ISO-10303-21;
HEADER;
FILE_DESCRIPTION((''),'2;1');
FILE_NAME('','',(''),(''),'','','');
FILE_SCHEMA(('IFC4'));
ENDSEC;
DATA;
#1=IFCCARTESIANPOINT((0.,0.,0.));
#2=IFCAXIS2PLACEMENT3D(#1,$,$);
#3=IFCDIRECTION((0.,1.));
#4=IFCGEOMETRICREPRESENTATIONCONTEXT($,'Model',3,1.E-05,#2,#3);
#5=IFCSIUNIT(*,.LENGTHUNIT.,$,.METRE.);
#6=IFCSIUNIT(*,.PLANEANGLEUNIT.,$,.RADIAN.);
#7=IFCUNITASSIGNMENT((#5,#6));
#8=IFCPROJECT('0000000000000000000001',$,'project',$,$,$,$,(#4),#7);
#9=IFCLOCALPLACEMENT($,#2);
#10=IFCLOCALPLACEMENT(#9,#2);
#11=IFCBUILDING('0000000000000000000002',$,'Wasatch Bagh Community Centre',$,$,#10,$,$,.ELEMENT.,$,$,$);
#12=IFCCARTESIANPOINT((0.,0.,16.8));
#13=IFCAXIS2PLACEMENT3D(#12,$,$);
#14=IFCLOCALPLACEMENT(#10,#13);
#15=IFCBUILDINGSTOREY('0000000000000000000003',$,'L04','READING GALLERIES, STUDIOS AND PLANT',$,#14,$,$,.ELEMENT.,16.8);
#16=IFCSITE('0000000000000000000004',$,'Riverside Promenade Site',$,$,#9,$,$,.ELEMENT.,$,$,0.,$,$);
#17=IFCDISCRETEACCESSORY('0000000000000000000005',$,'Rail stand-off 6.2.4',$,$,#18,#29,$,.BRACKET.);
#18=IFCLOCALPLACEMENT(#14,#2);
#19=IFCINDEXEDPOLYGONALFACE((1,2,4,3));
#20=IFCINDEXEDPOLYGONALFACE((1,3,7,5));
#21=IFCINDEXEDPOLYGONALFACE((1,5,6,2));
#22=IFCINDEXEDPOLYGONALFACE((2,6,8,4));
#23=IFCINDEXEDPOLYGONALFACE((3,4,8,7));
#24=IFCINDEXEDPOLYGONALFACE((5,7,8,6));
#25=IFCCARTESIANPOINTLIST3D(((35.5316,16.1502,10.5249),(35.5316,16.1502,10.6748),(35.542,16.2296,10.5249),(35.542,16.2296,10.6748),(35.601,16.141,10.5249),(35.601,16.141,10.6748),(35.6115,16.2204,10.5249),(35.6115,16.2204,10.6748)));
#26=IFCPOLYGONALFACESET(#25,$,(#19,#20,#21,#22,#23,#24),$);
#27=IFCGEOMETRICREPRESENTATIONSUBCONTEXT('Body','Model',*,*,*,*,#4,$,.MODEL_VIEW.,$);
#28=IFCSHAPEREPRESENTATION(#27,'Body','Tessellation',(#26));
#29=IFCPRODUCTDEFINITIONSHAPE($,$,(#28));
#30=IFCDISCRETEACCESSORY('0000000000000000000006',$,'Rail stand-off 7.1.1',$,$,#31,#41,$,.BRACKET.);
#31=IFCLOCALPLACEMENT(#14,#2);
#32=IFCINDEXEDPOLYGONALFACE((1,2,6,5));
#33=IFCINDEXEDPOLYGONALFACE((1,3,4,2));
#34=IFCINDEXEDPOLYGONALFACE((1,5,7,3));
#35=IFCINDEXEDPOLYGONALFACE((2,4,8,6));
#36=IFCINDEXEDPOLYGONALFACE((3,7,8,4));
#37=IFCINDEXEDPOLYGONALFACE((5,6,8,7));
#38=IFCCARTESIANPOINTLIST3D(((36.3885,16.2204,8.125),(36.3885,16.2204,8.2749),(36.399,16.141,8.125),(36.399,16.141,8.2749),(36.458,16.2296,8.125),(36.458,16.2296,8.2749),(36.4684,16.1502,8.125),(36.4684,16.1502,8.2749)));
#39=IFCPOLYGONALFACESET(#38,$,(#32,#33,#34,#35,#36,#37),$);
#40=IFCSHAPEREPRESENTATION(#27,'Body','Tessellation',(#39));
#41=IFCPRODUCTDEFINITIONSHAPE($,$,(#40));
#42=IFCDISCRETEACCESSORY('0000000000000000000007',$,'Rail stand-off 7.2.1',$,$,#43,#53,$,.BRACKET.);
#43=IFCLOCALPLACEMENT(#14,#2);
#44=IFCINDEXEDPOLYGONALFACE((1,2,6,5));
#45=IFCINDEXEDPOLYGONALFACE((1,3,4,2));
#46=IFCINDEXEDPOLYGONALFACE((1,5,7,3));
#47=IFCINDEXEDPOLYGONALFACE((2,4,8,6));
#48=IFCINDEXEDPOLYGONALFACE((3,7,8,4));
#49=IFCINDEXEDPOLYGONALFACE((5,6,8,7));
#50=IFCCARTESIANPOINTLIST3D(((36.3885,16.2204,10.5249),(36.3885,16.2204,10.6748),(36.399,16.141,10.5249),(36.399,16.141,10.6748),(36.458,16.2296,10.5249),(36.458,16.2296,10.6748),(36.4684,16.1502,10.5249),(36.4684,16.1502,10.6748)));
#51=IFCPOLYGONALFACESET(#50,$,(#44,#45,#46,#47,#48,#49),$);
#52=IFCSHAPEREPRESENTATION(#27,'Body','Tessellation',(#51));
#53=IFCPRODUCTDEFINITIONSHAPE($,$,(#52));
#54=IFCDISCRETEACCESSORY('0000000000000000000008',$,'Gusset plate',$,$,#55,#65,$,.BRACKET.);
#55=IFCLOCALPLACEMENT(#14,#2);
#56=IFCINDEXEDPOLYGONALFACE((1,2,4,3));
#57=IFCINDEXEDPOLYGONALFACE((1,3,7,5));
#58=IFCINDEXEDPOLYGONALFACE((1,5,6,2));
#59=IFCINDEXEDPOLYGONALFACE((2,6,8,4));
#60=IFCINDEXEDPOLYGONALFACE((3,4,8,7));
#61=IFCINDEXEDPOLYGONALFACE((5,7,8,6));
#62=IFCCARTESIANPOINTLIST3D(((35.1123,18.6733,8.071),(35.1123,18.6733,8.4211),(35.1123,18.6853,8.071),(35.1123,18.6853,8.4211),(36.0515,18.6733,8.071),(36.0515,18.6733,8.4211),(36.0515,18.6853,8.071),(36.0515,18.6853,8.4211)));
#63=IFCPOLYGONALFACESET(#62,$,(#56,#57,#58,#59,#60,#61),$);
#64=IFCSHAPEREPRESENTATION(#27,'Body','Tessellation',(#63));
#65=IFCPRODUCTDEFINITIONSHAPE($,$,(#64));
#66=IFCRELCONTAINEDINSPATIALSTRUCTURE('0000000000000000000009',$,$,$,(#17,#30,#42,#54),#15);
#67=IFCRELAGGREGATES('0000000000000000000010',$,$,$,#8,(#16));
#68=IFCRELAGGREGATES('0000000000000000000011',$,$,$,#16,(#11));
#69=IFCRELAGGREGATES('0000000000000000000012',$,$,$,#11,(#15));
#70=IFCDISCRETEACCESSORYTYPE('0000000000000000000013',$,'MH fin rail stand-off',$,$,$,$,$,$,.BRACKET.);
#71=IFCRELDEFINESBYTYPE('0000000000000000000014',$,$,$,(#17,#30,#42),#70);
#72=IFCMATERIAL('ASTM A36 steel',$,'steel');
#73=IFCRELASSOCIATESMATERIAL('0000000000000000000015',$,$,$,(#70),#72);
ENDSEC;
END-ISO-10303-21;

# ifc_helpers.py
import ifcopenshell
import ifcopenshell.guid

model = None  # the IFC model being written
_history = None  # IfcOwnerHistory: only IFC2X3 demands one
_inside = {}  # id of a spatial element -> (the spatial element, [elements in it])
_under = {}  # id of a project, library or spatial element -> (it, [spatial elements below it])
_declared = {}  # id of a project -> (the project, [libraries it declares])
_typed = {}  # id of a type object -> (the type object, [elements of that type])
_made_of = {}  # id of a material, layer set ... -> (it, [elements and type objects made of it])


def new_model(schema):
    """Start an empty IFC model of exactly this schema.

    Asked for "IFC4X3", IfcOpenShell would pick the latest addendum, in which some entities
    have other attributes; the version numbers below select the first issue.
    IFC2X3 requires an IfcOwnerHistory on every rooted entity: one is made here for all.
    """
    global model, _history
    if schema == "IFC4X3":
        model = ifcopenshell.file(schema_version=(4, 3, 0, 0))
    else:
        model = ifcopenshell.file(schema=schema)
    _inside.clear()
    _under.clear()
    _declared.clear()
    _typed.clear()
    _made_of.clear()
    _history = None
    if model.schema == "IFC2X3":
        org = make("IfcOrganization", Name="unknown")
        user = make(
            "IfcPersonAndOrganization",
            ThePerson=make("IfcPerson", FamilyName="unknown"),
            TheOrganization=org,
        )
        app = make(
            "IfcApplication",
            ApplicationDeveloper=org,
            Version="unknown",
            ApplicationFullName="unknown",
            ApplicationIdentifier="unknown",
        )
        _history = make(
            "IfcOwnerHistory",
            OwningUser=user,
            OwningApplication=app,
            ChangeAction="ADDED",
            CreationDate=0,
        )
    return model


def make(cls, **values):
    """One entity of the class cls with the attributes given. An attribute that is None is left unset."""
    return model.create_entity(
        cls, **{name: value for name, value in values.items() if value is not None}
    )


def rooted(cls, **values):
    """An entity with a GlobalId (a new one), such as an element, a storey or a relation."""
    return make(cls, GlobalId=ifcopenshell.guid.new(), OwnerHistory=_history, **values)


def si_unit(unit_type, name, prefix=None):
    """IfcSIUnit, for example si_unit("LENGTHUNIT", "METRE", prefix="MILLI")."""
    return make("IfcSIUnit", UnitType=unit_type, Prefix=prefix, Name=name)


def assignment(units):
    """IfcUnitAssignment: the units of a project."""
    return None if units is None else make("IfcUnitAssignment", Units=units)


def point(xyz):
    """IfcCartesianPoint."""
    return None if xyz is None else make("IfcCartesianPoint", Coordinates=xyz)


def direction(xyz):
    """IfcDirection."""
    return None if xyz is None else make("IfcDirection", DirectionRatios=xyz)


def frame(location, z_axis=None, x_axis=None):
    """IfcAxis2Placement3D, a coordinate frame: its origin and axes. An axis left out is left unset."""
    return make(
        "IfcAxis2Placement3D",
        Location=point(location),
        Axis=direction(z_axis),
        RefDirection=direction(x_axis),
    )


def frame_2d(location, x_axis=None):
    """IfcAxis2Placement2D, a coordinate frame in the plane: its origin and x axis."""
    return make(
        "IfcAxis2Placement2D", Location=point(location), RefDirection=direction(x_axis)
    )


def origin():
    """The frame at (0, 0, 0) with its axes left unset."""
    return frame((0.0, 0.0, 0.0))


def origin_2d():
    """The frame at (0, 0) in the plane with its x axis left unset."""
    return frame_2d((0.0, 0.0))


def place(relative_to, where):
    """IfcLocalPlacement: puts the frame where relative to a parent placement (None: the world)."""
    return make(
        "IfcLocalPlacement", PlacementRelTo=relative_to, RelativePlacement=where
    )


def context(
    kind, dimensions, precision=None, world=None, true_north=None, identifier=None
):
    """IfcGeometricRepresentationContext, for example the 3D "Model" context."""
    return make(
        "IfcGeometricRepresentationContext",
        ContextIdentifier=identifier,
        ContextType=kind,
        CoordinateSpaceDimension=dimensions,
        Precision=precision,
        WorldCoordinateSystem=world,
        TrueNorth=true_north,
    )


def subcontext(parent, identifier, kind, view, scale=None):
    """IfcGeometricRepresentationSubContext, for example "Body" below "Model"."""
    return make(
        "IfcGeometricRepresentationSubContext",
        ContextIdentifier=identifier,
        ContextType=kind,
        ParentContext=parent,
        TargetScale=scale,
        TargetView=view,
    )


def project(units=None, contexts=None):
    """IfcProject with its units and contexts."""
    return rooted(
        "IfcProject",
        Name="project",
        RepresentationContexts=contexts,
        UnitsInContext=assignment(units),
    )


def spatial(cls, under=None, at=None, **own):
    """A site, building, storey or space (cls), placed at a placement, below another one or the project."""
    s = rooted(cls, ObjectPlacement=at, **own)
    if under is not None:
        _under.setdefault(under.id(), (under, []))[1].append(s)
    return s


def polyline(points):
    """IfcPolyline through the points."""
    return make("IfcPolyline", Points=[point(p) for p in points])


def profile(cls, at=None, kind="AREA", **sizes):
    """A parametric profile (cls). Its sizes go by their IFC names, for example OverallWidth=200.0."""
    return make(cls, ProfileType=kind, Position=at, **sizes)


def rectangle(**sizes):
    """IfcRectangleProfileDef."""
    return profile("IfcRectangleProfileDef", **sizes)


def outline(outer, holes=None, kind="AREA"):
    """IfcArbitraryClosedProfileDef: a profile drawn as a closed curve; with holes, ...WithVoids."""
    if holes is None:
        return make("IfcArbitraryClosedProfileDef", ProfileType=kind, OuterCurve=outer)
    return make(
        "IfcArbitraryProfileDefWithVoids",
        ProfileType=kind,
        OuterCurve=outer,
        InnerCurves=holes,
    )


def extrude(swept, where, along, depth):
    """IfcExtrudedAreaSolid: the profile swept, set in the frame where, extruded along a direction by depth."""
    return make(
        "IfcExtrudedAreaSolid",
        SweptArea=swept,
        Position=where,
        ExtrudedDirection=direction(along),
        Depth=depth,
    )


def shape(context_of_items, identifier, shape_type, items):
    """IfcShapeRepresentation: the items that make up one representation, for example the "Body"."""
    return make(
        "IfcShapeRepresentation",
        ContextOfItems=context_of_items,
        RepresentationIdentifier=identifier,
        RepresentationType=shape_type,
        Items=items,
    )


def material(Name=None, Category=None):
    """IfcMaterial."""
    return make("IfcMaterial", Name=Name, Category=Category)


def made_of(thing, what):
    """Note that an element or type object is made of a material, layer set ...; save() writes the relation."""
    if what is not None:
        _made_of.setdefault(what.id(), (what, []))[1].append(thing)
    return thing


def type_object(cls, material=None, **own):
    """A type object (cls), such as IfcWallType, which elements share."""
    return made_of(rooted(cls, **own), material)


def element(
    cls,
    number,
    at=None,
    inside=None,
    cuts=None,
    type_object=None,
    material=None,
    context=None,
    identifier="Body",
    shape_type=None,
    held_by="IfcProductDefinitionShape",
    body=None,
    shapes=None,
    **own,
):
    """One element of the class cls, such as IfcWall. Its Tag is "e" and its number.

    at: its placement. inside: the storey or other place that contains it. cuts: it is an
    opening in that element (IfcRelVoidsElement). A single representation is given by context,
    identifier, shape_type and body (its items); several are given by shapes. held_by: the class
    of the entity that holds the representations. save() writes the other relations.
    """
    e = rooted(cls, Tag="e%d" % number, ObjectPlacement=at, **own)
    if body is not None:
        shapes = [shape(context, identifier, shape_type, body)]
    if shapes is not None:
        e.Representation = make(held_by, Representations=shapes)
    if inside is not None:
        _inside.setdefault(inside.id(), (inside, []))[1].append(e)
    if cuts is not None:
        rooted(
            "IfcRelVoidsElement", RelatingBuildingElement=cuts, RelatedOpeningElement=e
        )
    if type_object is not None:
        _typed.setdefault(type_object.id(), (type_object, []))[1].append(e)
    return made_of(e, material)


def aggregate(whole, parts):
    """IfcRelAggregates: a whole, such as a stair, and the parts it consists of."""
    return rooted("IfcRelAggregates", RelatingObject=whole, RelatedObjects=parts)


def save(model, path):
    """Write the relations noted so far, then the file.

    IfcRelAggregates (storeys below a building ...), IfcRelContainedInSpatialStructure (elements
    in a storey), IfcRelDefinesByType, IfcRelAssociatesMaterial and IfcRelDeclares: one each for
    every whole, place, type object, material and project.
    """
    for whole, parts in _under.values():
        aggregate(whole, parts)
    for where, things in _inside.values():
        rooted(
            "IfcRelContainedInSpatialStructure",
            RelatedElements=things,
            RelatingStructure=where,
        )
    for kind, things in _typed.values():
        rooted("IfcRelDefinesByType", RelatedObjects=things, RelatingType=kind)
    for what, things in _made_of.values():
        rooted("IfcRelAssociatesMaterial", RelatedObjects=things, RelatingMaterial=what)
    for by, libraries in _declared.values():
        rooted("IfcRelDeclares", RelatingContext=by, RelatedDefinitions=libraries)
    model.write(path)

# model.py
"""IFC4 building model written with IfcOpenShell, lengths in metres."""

from ifc_helpers import new_model, si_unit, direction, frame, origin, origin_2d, place, context, subcontext, project, spatial, polyline, rectangle, outline, extrude, material, type_object, element, save


model = new_model("IFC4")

# Units and contexts
model_context = context("Model", 3, precision=1e-05, world=origin(), true_north=direction((0.0, 1.0)))
body_context = subcontext(model_context, "Body", "Model", "MODEL_VIEW")
ifc_project = project(units=[si_unit("LENGTHUNIT", "METRE"), si_unit("PLANEANGLEUNIT", "RADIAN")], contexts=[model_context])

# Site, building, storey
site_placement = place(None, origin())
site = spatial("IfcSite", under=ifc_project, at=site_placement, Name="Riverside Promenade Site", CompositionType="ELEMENT", RefElevation=0.0)
building_placement = place(site_placement, origin())
building = spatial("IfcBuilding", under=site, at=building_placement, Name="Wasatch Bagh Community Centre", CompositionType="ELEMENT")
storey_placement = place(building_placement, frame((0.0, 0.0, 16.8)))
storey = spatial("IfcBuildingStorey", under=building, at=storey_placement, Name="L04", Description="READING GALLERIES, STUDIOS AND PLANT", CompositionType="ELEMENT", Elevation=16.8)

# Discrete accessories
ifc_material_1 = material(Name="ASTM A36 steel", Category="steel")
discrete_accessory_type_1 = type_object("IfcDiscreteAccessoryType", Name="MH fin rail stand-off", PredefinedType="BRACKET", material=ifc_material_1)
for number, where, z_axis, x_axis, name in (
    (1, (35.5715, 16.1853, 10.5249), (0.0, 0.0, 1.0), (0.991445, -0.130526, 0.0), "Rail stand-off 6.2.4"),
    (2, (36.4285, 16.1853, 8.125), (0.0, 0.0, 1.0), (0.991445, 0.130526, 0.0), "Rail stand-off 7.1.1"),
    (3, (36.4285, 16.1853, 10.5249), (0.0, 0.0, 1.0), (0.991445, 0.130526, 0.0), "Rail stand-off 7.2.1"),
):
    element("IfcDiscreteAccessory", number, at=place(storey_placement, frame(where, z_axis=z_axis, x_axis=x_axis)), inside=storey, type_object=discrete_accessory_type_1, Name=name, PredefinedType="BRACKET", context=body_context, shape_type="SweptSolid", body=[
        extrude(rectangle(XDim=0.0701, YDim=0.0801, at=origin_2d()), origin(), (0.0, 0.0, 1.0), 0.1499),
    ])
discrete_accessory_placement = place(storey_placement, frame((35.1123, 18.6733, 8.071), z_axis=(0.0, -1.0, 0.0), x_axis=(1.0, 0.0, 0.0)))
element("IfcDiscreteAccessory", 4, at=discrete_accessory_placement, inside=storey, Name="Gusset plate", PredefinedType="BRACKET", context=body_context, shape_type="SweptSolid", body=[
    extrude(outline(polyline([(0.0, 0.0), (0.9392, 0.0), (0.9392, 0.3501), (0.0, 0.3501), (0.0, 0.0)])), origin(), (0.0, 0.0, -1.0), 0.012),
])

save(model, "model.ifc")
